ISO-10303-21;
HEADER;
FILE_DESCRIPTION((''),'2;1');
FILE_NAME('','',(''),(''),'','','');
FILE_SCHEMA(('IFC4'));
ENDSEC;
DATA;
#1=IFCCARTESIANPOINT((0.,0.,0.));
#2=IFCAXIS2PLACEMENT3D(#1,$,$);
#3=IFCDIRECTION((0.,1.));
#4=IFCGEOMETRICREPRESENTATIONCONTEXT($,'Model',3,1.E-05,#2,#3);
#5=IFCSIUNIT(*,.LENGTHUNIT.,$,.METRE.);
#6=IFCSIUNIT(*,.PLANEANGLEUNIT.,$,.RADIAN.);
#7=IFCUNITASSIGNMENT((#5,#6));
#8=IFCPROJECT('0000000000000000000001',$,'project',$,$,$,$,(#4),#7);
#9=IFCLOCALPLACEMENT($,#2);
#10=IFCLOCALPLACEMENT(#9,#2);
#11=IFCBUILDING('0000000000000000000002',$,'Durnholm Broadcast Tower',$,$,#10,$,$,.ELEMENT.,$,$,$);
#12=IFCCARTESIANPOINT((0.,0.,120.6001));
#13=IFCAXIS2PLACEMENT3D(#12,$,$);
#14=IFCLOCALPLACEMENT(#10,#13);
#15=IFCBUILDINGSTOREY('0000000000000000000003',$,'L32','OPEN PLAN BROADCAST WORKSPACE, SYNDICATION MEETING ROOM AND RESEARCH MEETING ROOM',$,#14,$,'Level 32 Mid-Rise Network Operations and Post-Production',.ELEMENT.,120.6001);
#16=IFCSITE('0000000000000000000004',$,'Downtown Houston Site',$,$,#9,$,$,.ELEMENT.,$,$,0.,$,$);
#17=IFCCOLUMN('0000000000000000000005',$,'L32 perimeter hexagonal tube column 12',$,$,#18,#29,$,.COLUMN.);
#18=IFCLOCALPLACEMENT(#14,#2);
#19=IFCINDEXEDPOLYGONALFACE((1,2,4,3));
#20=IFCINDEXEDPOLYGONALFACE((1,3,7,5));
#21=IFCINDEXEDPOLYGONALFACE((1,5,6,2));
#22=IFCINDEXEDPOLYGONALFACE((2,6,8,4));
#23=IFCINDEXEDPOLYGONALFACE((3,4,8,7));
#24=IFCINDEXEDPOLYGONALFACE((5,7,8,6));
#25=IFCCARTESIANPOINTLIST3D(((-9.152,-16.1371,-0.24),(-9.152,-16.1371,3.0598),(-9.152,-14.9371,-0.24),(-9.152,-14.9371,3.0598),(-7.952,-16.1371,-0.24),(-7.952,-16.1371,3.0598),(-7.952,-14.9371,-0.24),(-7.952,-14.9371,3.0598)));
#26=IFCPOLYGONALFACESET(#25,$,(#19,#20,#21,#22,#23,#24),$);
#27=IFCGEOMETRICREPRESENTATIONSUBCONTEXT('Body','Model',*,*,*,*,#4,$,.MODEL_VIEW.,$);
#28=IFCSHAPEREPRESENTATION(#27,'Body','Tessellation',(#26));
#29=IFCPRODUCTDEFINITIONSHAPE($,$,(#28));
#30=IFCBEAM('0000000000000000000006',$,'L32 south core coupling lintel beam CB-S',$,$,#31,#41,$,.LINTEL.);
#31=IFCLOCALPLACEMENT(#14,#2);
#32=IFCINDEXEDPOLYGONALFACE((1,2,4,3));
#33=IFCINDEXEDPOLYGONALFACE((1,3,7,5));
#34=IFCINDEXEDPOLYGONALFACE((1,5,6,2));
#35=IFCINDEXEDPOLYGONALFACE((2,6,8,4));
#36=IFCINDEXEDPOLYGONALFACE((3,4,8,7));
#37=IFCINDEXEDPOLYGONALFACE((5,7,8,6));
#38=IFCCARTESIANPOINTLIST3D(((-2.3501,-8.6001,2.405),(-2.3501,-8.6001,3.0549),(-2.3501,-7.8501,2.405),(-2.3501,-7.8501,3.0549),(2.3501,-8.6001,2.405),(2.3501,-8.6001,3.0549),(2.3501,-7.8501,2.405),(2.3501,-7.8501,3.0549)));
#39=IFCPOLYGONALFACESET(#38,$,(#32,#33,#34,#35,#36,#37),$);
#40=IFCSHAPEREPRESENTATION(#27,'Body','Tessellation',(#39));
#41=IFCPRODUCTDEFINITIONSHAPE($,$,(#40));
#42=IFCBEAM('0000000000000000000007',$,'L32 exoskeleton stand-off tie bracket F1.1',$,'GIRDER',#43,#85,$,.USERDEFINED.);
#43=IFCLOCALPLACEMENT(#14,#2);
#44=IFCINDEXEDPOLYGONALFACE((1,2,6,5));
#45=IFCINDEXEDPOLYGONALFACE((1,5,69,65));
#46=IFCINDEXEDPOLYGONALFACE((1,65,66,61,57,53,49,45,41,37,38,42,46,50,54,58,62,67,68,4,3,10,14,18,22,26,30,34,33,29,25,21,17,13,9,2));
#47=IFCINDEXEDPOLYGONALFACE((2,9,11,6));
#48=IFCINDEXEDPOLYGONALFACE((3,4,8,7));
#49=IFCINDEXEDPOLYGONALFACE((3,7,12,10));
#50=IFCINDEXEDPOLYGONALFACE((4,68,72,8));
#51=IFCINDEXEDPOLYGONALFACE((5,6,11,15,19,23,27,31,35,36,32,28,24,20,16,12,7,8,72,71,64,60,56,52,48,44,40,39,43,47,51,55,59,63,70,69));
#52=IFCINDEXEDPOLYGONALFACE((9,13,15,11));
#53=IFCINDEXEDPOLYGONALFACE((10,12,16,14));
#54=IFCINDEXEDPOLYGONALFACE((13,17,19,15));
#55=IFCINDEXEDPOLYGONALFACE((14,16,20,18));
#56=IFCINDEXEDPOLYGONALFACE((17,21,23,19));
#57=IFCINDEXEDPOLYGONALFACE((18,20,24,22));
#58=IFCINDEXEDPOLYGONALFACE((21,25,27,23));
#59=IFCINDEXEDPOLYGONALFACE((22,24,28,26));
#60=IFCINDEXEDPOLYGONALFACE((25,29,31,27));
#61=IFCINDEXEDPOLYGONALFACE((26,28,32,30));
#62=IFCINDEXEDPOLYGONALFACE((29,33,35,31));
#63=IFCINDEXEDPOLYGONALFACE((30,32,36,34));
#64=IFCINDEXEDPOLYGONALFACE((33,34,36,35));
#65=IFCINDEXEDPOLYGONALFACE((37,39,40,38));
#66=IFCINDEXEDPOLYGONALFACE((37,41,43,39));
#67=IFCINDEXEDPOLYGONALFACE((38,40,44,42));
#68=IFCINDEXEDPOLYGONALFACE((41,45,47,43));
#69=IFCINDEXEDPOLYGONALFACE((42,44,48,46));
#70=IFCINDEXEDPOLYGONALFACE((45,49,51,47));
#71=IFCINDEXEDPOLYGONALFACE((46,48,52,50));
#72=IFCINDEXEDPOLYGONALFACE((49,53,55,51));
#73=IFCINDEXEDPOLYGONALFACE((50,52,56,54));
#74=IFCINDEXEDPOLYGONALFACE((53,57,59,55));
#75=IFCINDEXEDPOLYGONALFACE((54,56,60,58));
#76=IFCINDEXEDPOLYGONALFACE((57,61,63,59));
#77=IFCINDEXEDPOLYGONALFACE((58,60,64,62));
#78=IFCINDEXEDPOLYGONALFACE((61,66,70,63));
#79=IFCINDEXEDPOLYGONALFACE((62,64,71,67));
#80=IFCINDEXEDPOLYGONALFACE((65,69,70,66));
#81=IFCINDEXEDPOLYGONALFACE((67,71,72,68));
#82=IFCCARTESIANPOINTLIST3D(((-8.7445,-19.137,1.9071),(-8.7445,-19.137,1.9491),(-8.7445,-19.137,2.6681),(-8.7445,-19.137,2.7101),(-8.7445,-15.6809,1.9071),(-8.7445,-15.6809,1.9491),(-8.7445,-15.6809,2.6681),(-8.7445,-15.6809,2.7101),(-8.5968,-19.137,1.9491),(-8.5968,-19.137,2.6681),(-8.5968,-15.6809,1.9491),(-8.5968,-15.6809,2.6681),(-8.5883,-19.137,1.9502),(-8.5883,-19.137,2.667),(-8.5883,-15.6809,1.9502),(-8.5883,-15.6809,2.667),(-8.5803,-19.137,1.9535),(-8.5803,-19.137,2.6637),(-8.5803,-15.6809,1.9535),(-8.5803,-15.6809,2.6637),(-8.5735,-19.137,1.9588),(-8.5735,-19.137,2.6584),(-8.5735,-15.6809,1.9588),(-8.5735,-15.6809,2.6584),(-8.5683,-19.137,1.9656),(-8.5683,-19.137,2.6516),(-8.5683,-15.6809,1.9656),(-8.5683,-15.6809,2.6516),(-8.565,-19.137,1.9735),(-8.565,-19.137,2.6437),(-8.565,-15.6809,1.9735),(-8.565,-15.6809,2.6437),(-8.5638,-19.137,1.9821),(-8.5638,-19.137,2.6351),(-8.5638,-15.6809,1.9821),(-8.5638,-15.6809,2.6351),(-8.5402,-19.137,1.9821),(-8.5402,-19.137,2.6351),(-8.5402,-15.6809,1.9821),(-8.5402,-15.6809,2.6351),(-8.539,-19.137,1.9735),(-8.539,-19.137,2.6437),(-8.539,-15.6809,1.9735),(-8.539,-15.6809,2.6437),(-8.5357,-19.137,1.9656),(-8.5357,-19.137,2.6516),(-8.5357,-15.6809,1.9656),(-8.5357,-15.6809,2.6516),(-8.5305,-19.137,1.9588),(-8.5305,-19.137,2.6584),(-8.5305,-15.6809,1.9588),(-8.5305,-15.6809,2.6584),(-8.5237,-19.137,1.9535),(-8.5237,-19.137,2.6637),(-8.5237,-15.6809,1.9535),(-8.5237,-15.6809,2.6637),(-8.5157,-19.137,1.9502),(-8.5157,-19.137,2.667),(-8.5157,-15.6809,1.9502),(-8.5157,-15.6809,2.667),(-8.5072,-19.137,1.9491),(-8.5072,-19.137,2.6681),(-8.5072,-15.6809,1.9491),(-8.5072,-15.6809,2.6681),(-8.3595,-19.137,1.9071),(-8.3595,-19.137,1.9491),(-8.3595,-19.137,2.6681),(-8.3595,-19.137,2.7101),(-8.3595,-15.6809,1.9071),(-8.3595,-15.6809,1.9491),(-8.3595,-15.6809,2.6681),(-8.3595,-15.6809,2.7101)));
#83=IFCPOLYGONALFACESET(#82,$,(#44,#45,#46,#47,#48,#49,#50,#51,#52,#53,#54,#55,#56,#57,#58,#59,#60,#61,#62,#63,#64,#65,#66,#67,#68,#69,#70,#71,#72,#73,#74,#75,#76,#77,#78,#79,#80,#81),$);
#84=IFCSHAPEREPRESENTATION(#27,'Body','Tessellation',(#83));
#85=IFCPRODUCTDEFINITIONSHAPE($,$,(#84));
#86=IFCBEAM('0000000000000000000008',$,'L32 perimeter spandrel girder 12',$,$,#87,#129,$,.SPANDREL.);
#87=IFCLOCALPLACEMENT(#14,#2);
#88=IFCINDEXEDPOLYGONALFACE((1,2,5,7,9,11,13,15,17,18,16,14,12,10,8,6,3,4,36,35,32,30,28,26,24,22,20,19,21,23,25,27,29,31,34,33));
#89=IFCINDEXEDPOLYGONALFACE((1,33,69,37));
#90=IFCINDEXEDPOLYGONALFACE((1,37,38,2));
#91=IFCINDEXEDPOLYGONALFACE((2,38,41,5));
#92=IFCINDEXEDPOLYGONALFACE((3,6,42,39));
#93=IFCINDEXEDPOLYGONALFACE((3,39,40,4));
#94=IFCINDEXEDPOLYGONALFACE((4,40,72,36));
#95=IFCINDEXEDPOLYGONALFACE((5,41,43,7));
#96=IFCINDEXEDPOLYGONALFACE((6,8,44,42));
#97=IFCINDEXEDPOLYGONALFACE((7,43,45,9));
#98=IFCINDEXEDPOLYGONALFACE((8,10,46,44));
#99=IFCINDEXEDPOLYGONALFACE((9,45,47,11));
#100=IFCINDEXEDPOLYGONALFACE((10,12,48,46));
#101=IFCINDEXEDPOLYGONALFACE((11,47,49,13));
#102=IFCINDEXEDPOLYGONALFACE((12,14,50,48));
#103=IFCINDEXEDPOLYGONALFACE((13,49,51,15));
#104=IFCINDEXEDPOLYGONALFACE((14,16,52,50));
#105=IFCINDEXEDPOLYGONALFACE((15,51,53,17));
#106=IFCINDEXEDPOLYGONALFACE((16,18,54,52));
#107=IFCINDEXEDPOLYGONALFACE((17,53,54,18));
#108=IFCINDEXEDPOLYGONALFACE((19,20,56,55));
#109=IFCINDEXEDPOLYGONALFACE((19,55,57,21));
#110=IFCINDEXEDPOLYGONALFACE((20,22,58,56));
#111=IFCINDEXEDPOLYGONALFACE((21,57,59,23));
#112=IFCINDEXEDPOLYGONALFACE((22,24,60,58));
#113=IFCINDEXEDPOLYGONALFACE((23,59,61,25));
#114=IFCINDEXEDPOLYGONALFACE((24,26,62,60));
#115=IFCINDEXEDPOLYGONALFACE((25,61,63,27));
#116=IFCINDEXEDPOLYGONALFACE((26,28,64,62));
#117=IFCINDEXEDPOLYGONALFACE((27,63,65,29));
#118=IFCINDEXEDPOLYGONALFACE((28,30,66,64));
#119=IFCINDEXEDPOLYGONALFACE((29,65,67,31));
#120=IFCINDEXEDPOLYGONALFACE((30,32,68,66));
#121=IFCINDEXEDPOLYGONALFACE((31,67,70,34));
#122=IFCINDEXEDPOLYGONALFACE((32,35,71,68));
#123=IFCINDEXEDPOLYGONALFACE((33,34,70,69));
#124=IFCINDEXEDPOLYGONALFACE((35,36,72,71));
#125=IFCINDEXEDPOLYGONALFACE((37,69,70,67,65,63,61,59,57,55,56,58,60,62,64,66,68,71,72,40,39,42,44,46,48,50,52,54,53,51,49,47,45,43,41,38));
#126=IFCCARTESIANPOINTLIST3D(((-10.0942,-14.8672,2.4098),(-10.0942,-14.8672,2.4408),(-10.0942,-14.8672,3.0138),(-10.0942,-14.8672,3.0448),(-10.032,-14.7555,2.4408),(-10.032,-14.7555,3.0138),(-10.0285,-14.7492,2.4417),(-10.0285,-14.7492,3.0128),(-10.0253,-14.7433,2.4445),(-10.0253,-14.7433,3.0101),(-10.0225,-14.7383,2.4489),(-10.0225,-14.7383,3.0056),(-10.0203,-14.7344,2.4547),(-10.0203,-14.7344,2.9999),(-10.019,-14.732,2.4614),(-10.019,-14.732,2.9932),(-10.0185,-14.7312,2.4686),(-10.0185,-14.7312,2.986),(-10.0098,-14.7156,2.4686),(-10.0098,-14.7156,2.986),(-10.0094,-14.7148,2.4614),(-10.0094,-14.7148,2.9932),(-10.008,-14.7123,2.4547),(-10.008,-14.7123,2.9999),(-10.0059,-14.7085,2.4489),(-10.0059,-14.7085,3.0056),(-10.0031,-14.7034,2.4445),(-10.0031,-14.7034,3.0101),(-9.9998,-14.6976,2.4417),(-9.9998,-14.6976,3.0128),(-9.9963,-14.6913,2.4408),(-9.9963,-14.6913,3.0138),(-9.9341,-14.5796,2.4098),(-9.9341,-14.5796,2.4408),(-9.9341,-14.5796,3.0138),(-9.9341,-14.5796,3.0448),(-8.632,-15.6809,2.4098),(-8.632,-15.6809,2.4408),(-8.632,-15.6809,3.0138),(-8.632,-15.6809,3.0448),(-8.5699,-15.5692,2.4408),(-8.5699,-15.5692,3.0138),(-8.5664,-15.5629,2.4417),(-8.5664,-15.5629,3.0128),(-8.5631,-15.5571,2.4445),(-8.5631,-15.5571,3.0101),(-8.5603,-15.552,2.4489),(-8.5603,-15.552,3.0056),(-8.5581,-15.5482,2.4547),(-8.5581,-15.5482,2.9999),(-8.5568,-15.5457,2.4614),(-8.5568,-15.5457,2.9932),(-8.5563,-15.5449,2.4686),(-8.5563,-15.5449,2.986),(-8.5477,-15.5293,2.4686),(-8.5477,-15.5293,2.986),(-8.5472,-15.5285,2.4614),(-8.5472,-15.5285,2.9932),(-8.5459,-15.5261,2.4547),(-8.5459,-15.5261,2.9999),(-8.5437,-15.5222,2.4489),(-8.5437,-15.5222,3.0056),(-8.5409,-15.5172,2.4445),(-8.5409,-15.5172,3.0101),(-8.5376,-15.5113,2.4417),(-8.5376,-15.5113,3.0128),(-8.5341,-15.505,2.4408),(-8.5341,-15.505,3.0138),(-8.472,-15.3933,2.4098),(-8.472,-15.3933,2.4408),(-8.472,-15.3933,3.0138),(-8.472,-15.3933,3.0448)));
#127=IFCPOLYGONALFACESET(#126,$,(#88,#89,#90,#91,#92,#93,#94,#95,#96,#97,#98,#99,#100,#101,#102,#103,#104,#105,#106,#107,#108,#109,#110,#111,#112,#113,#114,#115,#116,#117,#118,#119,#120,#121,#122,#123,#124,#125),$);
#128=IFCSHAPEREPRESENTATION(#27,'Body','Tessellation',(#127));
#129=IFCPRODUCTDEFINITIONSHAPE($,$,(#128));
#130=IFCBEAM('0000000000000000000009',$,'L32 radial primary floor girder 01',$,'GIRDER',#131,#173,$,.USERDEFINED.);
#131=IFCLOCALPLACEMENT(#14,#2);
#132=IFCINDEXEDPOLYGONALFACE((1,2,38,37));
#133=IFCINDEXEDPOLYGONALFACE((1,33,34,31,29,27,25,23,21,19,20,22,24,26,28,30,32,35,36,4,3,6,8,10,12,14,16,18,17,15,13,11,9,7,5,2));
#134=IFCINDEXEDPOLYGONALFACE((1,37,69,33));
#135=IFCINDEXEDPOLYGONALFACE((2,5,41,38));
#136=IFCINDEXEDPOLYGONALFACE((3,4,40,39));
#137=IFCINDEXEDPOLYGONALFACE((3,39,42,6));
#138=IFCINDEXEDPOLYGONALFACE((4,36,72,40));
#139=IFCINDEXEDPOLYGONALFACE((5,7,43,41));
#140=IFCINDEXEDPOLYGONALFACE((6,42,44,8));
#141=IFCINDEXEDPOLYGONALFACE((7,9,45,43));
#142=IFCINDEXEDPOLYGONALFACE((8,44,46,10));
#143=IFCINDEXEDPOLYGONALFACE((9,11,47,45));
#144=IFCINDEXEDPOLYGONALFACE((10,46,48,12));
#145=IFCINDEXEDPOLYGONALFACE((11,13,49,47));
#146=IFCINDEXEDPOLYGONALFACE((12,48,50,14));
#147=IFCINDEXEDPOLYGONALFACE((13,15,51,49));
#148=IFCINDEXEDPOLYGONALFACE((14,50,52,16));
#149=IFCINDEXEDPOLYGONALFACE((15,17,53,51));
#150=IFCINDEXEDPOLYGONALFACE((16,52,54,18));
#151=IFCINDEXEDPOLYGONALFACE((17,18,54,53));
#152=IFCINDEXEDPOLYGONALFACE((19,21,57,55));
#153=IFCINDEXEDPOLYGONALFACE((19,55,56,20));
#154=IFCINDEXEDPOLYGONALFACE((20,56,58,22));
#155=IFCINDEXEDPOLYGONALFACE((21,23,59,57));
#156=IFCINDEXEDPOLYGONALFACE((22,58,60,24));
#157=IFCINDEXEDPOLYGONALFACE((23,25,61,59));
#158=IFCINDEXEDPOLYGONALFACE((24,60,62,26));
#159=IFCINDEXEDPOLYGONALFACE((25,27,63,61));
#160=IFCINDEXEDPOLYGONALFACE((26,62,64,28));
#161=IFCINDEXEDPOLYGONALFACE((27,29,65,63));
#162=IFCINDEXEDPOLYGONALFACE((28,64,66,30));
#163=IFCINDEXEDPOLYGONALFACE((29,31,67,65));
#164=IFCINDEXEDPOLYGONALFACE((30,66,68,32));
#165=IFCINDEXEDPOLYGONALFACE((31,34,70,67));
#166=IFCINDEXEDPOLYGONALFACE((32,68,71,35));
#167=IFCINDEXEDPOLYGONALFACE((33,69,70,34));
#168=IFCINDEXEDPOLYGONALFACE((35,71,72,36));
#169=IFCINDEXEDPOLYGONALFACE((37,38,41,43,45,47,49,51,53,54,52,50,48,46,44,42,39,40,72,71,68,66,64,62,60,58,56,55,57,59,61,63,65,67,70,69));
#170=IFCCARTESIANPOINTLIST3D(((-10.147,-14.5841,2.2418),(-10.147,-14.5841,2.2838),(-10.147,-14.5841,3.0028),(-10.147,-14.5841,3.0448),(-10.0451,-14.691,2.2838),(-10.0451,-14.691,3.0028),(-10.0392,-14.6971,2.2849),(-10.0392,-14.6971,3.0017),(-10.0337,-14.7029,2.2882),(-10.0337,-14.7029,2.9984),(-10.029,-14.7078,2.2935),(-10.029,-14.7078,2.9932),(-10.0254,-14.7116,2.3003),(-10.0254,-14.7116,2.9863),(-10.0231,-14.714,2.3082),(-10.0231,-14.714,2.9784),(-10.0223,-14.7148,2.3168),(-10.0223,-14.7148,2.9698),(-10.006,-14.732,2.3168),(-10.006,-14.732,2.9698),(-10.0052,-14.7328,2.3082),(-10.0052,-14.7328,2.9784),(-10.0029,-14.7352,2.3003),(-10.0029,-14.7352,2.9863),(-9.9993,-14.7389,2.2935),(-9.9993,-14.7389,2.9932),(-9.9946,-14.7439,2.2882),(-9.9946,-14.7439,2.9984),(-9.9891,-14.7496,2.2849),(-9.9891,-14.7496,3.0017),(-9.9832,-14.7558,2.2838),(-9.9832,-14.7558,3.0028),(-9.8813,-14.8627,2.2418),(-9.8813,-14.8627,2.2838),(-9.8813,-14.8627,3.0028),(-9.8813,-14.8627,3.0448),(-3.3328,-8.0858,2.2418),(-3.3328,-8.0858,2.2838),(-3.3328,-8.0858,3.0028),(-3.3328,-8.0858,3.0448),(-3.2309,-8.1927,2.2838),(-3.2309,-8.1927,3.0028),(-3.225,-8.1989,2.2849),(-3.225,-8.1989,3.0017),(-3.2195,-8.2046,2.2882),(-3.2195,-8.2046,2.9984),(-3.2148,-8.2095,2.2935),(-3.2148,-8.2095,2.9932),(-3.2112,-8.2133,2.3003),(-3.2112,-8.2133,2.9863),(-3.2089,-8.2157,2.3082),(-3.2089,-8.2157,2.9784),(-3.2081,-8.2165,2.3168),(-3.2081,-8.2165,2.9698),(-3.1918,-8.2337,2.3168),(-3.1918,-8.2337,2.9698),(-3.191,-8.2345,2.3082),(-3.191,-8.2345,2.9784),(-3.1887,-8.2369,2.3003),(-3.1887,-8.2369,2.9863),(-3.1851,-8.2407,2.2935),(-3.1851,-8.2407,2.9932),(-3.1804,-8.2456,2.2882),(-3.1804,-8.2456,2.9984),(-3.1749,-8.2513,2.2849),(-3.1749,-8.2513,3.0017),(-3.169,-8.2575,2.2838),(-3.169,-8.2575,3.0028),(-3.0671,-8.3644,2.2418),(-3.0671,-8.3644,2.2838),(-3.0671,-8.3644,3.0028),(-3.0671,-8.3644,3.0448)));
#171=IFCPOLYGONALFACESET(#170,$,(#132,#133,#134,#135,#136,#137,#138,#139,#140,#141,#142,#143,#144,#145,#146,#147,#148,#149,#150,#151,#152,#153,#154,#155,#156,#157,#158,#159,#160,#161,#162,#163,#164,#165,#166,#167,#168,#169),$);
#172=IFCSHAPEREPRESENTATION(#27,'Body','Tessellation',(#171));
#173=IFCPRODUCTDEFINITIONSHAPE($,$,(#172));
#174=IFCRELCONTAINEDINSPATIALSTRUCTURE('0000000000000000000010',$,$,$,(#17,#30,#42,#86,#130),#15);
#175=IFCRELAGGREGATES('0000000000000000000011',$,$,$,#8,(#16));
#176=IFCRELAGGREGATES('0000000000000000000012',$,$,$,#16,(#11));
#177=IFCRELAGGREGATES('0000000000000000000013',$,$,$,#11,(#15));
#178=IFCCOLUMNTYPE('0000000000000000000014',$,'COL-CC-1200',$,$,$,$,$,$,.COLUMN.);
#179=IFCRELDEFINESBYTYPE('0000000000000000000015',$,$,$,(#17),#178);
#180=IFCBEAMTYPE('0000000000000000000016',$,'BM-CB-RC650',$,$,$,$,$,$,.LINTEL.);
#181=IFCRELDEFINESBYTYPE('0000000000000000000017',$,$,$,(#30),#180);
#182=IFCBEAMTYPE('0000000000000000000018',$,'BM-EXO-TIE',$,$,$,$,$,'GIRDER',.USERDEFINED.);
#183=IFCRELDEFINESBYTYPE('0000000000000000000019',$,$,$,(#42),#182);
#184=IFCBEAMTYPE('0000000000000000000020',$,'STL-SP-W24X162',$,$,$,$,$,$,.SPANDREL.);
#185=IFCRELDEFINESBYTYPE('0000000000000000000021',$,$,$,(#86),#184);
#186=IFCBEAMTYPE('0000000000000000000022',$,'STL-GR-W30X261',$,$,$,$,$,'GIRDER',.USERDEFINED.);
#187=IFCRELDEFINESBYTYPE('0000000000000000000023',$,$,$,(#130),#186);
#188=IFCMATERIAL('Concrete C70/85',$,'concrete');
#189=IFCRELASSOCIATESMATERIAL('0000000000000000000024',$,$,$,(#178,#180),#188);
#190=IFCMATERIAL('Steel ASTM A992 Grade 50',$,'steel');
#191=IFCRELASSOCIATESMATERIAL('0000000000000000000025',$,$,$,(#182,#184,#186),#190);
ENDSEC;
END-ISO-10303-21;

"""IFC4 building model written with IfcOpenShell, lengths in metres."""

from ifc_helpers import new_model, si_unit, direction, frame, origin, origin_2d, place, context, subcontext, project, spatial, rectangle, i_section, extrude, source, transform, mapped, material, material_profile, profile_set, type_object, type_shapes, element, save


model = new_model("IFC4")

# Units and contexts
model_context = context("Model", 3, precision=1e-05, world=origin(), true_north=direction((0.0, 1.0)))
body_context = subcontext(model_context, "Body", "Model", "MODEL_VIEW")
ifc_project = project(units=[si_unit("LENGTHUNIT", "METRE"), si_unit("PLANEANGLEUNIT", "RADIAN")], contexts=[model_context])

# Site, building, storey
site_placement = place(None, origin())
site = spatial("IfcSite", under=ifc_project, at=site_placement, Name="Downtown Houston Site", CompositionType="ELEMENT", RefElevation=0.0)
building_placement = place(site_placement, origin())
building = spatial("IfcBuilding", under=site, at=building_placement, Name="Durnholm Broadcast Tower", CompositionType="ELEMENT")
storey_placement = place(building_placement, frame((0.0, 0.0, 120.6001)))
storey = spatial("IfcBuildingStorey", under=building, at=storey_placement, Name="L32", Description="OPEN PLAN BROADCAST WORKSPACE, SYNDICATION MEETING ROOM AND RESEARCH MEETING ROOM", LongName="Level 32 Mid-Rise Network Operations and Post-Production", CompositionType="ELEMENT", Elevation=120.6001)

# Column
ifc_material_1 = material(Name="Concrete C70/85", Category="concrete")
ifc_material_profile_1 = material_profile(ifc_material_1, rectangle(XDim=1.2, YDim=1.2, at=origin_2d()), Name="RC1200X1200")
ifc_profile_set_1 = profile_set([ifc_material_profile_1], Name="Concrete C70/85")
column_type = type_object("IfcColumnType", Name="COL-CC-1200", PredefinedType="COLUMN", material=ifc_profile_set_1)
shared_shape_1 = source(origin(), body_context, "Body", "SweptSolid", [
    extrude(rectangle(XDim=1.2, YDim=1.2, at=origin_2d()), origin(), (0.0, 0.0, 1.0), 3.2998),
])
type_shapes(column_type, [shared_shape_1])
column_placement = place(storey_placement, frame((-8.552, -15.5371, -0.24), z_axis=(0.0, 0.0, 1.0), x_axis=(1.0, 0.0, 0.0)))
element("IfcColumn", 1, at=column_placement, inside=storey, type_object=column_type, Name="L32 perimeter hexagonal tube column 12", PredefinedType="COLUMN", context=body_context, shape_type="MappedRepresentation", body=[
    mapped(shared_shape_1, transform((0.0, 0.0, 0.0), x_axis=(1.0, 0.0, 0.0), y_axis=(0.0, 1.0, 0.0), z_axis=(0.0, 0.0, 1.0), scale=1.0)),
])

# Beams
ifc_material_profile_2 = material_profile(ifc_material_1, rectangle(XDim=0.75, YDim=0.6499, at=origin_2d()), Name="RC750X650")
ifc_profile_set_2 = profile_set([ifc_material_profile_2], Name="Concrete C70/85")
beam_type_1 = type_object("IfcBeamType", Name="BM-CB-RC650", PredefinedType="LINTEL", material=ifc_profile_set_2)
shared_shape_2 = source(origin(), body_context, "Body", "SweptSolid", [
    extrude(rectangle(XDim=0.75, YDim=0.6499, at=origin_2d()), origin(), (0.0, 0.0, 1.0), 4.7002),
])
type_shapes(beam_type_1, [shared_shape_2])
beam_1_placement = place(storey_placement, frame((-2.3501, -8.2251, 2.73), z_axis=(1.0, 0.0, 0.0), x_axis=(0.0, 1.0, 0.0)))
element("IfcBeam", 2, at=beam_1_placement, inside=storey, type_object=beam_type_1, Name="L32 south core coupling lintel beam CB-S", PredefinedType="LINTEL", context=body_context, shape_type="MappedRepresentation", body=[
    mapped(shared_shape_2, transform((0.0, 0.0, 0.0), x_axis=(1.0, 0.0, 0.0), y_axis=(0.0, 1.0, 0.0), z_axis=(0.0, 0.0, 1.0), scale=1.0)),
])
ifc_material_2 = material(Name="Steel ASTM A992 Grade 50", Category="steel")
ifc_material_profile_3 = material_profile(ifc_material_2, i_section(OverallWidth=0.385, OverallDepth=0.803, WebThickness=0.0237, FlangeThickness=0.042, FilletRadius=0.033, at=origin_2d()), Name="W30X261")
ifc_profile_set_3 = profile_set([ifc_material_profile_3], Name="Steel ASTM A992 Grade 50")
beam_type_2 = type_object("IfcBeamType", Name="BM-EXO-TIE", ElementType="GIRDER", PredefinedType="USERDEFINED", material=ifc_profile_set_3)
shared_shape_3 = source(origin(), body_context, "Body", "SweptSolid", [
    extrude(i_section(OverallWidth=0.385, OverallDepth=0.803, WebThickness=0.0237, FlangeThickness=0.042, FilletRadius=0.033, at=origin_2d()), origin(), (0.0, 0.0, 1.0), 3.4561),
])
beam_2_placement = place(storey_placement, frame((-8.552, -15.6809, 2.3086), z_axis=(0.0, -1.0, 0.0), x_axis=(1.0, 0.0, 0.0)))
element("IfcBeam", 3, at=beam_2_placement, inside=storey, type_object=beam_type_2, Name="L32 exoskeleton stand-off tie bracket F1.1", ObjectType="GIRDER", PredefinedType="USERDEFINED", context=body_context, shape_type="MappedRepresentation", body=[
    mapped(shared_shape_3, transform((0.0, 0.0, 0.0), x_axis=(1.0, 0.0, 0.0), y_axis=(0.0, 1.0, 0.0), z_axis=(0.0, 0.0, 1.0), scale=1.0)),
])
ifc_material_profile_4 = material_profile(ifc_material_2, i_section(OverallWidth=0.3291, OverallDepth=0.635, WebThickness=0.0178, FlangeThickness=0.031, FilletRadius=0.0278, at=origin_2d()), Name="W24X162")
ifc_profile_set_4 = profile_set([ifc_material_profile_4], Name="Steel ASTM A992 Grade 50")
beam_type_3 = type_object("IfcBeamType", Name="STL-SP-W24X162", PredefinedType="SPANDREL", material=ifc_profile_set_4)
shared_shape_4 = source(origin(), body_context, "Body", "SweptSolid", [
    extrude(i_section(OverallWidth=0.3291, OverallDepth=0.635, WebThickness=0.0178, FlangeThickness=0.031, FilletRadius=0.0278, at=origin_2d()), origin(), (0.0, 0.0, 1.0), 1.6733),
])
type_shapes(beam_type_3, [shared_shape_4])
beam_3_placement = place(storey_placement, frame((-8.552, -15.5371, 2.7273), z_axis=(-0.873799, 0.486287, 0.0), x_axis=(-0.486287, -0.873799, 0.0)))
element("IfcBeam", 4, at=beam_3_placement, inside=storey, type_object=beam_type_3, Name="L32 perimeter spandrel girder 12", PredefinedType="SPANDREL", context=body_context, shape_type="MappedRepresentation", body=[
    mapped(shared_shape_4, transform((0.0, 0.0, 0.0), x_axis=(1.0, 0.0, 0.0), y_axis=(0.0, 1.0, 0.0), z_axis=(0.0, 0.0, 1.0), scale=1.0)),
])
ifc_material_profile_5 = material_profile(ifc_material_2, i_section(OverallWidth=0.385, OverallDepth=0.803, WebThickness=0.0237, FlangeThickness=0.042, FilletRadius=0.033, at=origin_2d()), Name="W30X261")
ifc_profile_set_5 = profile_set([ifc_material_profile_5], Name="Steel ASTM A992 Grade 50")
beam_type_4 = type_object("IfcBeamType", Name="STL-GR-W30X261", ElementType="GIRDER", PredefinedType="USERDEFINED", material=ifc_profile_set_5)
shared_shape_5 = source(origin(), body_context, "Body", "SweptSolid", [
    extrude(i_section(OverallWidth=0.385, OverallDepth=0.803, WebThickness=0.0237, FlangeThickness=0.042, FilletRadius=0.033, at=origin_2d()), origin(), (0.0, 0.0, 1.0), 9.416),
])
beam_4_placement = place(storey_placement, frame((-3.2, -8.2251, 2.6433), z_axis=(-0.723683, -0.690132, 0.0), x_axis=(0.690132, -0.723683, 0.0)))
element("IfcBeam", 5, at=beam_4_placement, inside=storey, type_object=beam_type_4, Name="L32 radial primary floor girder 01", ObjectType="GIRDER", PredefinedType="USERDEFINED", context=body_context, shape_type="MappedRepresentation", body=[
    mapped(shared_shape_5, transform((0.0, 0.0, 0.0), x_axis=(1.0, 0.0, 0.0), y_axis=(0.0, 1.0, 0.0), z_axis=(0.0, 0.0, 1.0), scale=1.0)),
])

save(model, "model.ifc")
